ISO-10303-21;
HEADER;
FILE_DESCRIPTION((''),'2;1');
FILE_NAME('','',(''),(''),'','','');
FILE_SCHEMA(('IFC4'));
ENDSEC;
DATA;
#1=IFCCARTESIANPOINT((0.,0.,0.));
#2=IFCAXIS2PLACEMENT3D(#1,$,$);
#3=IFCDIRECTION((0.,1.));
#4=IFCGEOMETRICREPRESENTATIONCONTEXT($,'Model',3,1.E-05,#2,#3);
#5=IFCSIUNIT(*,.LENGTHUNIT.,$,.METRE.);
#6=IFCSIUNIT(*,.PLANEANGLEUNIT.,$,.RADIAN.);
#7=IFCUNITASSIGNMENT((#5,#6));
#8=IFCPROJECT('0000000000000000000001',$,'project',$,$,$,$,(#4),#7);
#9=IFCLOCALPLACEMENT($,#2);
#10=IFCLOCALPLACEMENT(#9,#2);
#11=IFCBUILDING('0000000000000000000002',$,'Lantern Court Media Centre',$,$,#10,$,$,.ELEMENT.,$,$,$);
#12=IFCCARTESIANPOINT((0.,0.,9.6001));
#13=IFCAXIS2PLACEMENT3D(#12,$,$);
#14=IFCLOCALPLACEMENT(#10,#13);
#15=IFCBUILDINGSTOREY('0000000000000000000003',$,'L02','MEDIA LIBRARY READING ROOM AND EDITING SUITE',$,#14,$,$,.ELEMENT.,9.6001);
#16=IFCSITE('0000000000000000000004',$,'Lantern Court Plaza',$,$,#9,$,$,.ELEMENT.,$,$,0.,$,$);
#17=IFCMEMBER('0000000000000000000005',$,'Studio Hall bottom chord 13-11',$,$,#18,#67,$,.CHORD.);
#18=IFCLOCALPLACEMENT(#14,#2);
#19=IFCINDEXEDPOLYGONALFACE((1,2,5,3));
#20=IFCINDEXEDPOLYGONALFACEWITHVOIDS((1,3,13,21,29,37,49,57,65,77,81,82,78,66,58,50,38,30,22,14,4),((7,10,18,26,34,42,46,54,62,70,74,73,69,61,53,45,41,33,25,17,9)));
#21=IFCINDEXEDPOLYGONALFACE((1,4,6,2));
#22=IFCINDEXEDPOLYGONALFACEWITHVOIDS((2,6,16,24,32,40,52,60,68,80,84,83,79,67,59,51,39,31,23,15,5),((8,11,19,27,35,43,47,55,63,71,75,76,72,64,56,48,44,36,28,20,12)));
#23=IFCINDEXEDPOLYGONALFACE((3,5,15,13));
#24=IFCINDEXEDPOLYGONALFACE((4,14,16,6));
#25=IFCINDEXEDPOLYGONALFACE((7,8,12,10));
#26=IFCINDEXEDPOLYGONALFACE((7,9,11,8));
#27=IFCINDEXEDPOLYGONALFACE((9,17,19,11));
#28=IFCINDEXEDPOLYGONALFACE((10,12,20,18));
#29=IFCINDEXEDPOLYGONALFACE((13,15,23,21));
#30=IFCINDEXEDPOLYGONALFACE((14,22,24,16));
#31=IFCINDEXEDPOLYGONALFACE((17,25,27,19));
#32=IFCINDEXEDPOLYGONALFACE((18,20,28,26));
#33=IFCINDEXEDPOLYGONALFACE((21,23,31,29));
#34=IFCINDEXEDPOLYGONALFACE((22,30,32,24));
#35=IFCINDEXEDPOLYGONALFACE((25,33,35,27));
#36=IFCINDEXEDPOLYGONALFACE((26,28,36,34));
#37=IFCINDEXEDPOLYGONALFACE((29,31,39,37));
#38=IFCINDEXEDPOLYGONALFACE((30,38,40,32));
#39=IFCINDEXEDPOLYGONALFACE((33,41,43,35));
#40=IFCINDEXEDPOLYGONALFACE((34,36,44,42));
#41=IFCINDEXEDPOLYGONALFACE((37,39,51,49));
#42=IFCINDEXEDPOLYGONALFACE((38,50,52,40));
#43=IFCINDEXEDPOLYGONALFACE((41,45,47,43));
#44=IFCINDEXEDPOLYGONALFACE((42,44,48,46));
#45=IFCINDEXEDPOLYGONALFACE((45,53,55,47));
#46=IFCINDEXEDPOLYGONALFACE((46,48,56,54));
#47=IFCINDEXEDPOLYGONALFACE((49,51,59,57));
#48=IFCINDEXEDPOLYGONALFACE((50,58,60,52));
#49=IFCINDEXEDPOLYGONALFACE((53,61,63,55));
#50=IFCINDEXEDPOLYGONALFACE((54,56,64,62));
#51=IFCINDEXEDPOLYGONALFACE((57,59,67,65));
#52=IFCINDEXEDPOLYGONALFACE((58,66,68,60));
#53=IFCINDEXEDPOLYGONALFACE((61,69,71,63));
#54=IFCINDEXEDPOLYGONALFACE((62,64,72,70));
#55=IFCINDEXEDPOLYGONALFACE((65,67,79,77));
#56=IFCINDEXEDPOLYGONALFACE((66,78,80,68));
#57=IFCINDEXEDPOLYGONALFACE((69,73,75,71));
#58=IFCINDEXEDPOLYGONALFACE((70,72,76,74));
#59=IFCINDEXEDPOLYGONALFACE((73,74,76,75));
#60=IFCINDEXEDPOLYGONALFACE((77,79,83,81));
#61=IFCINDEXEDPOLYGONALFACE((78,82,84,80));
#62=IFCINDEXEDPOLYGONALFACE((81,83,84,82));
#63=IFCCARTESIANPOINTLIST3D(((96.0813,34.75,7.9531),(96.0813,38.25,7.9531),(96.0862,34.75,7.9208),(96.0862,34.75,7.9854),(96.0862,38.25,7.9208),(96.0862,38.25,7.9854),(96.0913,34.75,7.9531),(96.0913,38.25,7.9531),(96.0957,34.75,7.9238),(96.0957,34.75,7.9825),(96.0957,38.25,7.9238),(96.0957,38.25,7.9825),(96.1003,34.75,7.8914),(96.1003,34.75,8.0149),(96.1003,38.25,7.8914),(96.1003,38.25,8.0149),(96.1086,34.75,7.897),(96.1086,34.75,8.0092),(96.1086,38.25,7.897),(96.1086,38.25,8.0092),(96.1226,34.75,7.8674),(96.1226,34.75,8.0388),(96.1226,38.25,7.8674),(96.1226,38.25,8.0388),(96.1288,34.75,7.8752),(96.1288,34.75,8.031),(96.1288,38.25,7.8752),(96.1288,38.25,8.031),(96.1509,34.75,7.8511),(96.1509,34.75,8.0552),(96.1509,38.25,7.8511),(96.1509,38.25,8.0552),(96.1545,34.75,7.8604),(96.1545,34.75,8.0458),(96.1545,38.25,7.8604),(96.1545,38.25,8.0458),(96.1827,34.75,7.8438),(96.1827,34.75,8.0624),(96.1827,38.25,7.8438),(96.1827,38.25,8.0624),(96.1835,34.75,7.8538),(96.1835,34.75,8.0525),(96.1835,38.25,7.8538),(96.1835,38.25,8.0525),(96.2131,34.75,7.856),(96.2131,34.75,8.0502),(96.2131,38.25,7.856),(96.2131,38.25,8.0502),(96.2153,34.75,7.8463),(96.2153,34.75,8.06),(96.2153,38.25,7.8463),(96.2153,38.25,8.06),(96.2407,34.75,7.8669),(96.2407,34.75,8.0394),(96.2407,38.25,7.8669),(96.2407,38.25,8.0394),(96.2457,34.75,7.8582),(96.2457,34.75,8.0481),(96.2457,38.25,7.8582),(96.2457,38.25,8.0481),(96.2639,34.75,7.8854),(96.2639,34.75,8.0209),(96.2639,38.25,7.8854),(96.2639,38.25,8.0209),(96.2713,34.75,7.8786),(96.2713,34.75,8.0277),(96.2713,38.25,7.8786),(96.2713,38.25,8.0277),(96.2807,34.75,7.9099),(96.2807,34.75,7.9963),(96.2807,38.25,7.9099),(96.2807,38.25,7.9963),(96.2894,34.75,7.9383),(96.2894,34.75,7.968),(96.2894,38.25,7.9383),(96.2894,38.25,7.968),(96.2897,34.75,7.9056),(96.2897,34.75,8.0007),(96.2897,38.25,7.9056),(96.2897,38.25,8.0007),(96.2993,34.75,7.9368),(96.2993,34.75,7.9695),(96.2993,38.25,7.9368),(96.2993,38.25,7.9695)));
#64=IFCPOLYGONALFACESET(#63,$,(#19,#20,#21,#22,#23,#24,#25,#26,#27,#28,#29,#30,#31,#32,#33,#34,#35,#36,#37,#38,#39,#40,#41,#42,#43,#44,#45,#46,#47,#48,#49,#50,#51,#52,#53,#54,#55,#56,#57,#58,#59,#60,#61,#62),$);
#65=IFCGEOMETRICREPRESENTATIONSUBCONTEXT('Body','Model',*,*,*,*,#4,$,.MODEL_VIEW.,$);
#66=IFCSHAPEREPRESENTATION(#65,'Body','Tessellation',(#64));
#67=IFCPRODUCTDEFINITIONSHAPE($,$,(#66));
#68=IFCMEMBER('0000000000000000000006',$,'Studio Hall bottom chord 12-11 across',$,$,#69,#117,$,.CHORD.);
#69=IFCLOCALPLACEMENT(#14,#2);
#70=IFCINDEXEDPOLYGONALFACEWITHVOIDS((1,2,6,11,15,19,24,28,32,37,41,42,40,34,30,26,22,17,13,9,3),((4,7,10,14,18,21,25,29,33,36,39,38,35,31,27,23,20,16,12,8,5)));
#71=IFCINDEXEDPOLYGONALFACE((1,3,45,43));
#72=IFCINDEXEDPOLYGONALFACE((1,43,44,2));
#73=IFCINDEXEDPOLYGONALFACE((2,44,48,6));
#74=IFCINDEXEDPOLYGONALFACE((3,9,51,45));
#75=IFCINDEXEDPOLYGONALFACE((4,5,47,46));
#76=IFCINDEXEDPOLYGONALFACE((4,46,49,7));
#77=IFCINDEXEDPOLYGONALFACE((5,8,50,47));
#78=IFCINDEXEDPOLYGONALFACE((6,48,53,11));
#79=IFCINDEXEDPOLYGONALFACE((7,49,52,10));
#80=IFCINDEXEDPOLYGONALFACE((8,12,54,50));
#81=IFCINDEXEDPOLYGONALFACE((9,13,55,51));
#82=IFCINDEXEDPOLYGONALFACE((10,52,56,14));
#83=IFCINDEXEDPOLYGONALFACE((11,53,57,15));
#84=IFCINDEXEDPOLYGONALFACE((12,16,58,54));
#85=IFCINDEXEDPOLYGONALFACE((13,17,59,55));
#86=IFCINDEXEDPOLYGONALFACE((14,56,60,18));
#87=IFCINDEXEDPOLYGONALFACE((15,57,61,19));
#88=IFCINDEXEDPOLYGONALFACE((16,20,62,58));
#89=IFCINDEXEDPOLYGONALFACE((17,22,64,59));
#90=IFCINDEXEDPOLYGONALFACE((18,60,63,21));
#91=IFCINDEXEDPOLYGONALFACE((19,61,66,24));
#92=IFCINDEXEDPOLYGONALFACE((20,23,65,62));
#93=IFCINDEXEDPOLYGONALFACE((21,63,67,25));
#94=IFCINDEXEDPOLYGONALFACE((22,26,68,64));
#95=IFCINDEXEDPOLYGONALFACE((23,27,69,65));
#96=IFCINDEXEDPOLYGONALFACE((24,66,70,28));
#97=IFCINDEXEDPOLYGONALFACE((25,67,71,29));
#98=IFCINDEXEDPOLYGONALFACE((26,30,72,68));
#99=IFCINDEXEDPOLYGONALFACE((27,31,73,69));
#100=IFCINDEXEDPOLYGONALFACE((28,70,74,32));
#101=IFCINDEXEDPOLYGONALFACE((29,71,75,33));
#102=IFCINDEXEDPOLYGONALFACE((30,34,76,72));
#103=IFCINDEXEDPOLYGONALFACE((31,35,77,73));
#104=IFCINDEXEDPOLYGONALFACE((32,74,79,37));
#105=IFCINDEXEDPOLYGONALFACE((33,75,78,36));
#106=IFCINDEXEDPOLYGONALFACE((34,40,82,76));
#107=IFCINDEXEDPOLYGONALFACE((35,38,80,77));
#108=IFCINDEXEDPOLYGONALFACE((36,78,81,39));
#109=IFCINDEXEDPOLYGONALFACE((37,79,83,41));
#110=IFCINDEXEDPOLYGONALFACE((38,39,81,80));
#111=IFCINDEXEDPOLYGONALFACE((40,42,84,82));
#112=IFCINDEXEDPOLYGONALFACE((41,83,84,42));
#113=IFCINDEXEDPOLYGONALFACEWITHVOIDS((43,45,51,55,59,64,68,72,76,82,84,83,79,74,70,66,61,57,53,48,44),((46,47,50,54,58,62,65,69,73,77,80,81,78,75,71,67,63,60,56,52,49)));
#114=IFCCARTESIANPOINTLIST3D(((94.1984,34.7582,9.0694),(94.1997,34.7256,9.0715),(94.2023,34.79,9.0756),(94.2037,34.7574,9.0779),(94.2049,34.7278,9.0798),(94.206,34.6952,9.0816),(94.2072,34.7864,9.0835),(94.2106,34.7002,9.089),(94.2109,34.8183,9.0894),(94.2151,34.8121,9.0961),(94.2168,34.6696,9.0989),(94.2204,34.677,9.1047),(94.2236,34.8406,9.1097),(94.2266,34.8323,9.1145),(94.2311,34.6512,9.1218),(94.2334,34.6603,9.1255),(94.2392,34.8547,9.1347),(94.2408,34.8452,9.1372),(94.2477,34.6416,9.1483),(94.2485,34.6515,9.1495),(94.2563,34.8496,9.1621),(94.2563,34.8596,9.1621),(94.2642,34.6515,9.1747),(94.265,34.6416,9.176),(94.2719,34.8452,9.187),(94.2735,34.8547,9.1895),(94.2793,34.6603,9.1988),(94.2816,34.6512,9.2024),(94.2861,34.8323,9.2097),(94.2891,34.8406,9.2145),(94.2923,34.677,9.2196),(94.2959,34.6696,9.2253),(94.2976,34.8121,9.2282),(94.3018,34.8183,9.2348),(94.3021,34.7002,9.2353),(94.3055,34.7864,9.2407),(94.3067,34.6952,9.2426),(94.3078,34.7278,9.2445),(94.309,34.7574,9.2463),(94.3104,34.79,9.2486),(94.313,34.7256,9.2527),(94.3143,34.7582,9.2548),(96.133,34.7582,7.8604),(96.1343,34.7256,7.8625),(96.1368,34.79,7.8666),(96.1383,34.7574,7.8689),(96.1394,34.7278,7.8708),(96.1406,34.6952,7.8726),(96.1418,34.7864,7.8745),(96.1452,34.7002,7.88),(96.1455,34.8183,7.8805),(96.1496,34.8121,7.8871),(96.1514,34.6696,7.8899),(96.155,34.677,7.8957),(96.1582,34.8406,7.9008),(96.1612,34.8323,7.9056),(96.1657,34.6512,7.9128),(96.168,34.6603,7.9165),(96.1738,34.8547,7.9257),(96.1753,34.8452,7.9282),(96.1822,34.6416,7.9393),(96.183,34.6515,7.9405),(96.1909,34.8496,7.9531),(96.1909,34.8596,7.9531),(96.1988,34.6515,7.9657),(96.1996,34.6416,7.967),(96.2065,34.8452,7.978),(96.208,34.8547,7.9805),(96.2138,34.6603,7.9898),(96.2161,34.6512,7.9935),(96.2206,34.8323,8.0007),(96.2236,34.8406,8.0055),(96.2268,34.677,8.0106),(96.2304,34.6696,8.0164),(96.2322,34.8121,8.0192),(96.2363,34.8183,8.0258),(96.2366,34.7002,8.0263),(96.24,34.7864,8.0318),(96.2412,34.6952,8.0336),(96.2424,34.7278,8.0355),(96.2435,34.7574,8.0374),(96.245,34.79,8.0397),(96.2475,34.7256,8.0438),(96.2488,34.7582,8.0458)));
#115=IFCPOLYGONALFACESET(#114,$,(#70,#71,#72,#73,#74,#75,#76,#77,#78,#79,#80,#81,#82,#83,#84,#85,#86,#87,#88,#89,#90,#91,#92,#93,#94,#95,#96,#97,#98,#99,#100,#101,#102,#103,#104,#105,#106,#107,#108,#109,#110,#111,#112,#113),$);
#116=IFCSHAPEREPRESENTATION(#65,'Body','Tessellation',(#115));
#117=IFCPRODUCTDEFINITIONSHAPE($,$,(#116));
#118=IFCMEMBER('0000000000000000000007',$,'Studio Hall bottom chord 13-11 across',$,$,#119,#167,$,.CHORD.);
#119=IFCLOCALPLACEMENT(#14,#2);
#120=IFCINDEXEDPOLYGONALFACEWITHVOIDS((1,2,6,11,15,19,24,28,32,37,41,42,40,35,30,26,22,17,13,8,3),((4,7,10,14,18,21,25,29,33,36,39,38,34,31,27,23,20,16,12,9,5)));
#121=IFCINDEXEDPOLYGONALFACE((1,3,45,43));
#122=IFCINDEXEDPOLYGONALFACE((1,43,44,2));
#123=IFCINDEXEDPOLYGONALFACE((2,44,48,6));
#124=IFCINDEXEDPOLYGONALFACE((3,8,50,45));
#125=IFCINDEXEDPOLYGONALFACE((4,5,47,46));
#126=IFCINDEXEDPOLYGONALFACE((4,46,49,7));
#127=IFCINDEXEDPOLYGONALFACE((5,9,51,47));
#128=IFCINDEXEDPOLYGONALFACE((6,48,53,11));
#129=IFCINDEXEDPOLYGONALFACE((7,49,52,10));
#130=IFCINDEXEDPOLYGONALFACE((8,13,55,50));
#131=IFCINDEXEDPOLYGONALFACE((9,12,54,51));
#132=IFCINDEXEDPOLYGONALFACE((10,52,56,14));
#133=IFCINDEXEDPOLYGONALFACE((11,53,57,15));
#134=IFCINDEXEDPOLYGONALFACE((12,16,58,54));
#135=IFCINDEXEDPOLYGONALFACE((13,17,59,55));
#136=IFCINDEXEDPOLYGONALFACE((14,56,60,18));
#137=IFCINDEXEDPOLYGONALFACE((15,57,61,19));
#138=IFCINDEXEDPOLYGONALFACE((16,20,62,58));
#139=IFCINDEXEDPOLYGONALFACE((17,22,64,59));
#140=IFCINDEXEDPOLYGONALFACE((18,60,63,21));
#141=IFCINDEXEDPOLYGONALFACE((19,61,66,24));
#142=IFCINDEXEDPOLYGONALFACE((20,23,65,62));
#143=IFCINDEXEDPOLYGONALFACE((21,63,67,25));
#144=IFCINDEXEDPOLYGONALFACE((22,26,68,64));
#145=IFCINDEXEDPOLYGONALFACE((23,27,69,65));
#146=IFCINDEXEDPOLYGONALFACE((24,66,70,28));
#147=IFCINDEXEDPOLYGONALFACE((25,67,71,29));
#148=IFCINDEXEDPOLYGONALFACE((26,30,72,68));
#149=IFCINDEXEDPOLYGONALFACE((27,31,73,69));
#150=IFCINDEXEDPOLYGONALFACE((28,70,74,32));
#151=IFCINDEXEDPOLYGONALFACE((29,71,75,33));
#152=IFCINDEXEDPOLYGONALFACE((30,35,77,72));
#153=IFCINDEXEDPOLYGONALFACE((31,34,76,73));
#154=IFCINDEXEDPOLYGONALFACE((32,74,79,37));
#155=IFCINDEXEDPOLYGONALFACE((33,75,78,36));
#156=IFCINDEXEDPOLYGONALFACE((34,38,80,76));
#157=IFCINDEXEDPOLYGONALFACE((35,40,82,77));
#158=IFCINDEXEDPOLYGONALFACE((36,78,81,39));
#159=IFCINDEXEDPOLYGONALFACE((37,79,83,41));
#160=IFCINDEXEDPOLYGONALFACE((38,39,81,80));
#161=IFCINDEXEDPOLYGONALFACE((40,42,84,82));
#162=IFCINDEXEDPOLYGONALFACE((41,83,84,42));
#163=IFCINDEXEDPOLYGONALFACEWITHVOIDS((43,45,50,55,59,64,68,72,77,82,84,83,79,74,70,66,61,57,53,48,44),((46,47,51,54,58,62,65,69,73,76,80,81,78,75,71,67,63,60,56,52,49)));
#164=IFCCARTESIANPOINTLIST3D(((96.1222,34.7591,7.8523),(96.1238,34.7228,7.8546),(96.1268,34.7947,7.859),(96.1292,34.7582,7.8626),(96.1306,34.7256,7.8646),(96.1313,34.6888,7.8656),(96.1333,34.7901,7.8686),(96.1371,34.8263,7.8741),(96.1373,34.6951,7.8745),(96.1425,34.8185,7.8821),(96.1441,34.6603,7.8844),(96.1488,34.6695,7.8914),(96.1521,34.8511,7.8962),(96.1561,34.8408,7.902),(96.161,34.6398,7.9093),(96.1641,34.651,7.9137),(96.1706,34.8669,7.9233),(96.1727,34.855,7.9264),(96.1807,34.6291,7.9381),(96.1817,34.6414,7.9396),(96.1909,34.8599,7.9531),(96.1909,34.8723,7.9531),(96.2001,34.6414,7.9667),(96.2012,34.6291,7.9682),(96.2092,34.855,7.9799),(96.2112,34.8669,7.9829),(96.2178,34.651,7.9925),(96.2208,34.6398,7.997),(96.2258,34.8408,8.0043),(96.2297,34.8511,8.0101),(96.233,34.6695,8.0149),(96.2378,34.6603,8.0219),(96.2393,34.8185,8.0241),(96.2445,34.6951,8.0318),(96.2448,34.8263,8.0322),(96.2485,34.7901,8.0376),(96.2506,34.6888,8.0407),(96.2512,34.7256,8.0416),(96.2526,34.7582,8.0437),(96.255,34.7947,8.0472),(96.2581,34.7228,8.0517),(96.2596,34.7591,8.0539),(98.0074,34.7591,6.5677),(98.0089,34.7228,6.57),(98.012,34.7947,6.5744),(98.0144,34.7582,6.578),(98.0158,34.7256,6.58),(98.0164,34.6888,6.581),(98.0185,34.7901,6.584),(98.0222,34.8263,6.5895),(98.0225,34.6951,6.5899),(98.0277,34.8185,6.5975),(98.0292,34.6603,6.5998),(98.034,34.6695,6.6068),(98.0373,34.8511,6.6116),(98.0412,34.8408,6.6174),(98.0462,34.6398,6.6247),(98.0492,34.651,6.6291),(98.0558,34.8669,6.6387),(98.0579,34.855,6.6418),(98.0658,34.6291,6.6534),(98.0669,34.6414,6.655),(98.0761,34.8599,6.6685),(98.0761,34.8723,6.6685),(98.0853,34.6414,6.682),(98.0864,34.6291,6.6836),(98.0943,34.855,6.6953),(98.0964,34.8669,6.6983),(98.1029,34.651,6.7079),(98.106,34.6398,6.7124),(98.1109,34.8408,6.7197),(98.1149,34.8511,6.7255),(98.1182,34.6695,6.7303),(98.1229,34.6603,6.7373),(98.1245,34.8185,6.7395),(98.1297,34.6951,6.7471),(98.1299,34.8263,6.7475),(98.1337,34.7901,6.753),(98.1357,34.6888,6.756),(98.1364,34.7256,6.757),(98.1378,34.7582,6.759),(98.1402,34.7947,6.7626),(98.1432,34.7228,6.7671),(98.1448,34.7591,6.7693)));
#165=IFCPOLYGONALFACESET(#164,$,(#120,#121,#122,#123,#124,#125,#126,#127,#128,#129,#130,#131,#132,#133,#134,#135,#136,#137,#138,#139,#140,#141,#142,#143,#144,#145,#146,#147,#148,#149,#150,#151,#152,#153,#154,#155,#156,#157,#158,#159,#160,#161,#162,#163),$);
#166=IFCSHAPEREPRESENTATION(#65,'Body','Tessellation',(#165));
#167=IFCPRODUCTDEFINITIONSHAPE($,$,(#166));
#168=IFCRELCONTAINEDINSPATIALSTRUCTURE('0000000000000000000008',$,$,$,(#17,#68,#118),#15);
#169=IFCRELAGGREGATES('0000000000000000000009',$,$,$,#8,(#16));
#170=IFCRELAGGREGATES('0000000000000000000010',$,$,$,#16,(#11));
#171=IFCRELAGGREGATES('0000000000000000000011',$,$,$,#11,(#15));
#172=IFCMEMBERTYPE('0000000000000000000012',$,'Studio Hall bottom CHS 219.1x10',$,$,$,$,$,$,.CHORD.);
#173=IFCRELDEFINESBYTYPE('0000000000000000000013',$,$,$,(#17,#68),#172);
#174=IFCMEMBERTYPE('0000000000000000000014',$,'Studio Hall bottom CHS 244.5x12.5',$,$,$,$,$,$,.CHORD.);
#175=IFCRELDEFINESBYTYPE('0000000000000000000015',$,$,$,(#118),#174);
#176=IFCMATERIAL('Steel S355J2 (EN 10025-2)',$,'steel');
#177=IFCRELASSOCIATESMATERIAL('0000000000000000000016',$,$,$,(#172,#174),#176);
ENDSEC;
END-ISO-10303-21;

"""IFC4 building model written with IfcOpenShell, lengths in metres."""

from ifc_helpers import new_model, si_unit, direction, frame, origin, origin_2d, place, context, subcontext, project, spatial, hollow_circle, extrude, material, material_profile, profile_set, type_object, element, save


model = new_model("IFC4")

# Units and contexts
model_context = context("Model", 3, precision=1e-05, world=origin(), true_north=direction((0.0, 1.0)))
body_context = subcontext(model_context, "Body", "Model", "MODEL_VIEW")
ifc_project = project(units=[si_unit("LENGTHUNIT", "METRE"), si_unit("PLANEANGLEUNIT", "RADIAN")], contexts=[model_context])

# Site, building, storey
site_placement = place(None, origin())
site = spatial("IfcSite", under=ifc_project, at=site_placement, Name="Lantern Court Plaza", CompositionType="ELEMENT", RefElevation=0.0)
building_placement = place(site_placement, origin())
building = spatial("IfcBuilding", under=site, at=building_placement, Name="Lantern Court Media Centre", CompositionType="ELEMENT")
storey_placement = place(building_placement, frame((0.0, 0.0, 9.6001)))
storey = spatial("IfcBuildingStorey", under=building, at=storey_placement, Name="L02", Description="MEDIA LIBRARY READING ROOM AND EDITING SUITE", CompositionType="ELEMENT", Elevation=9.6001)

# Members
ifc_material = material(Name="Steel S355J2 (EN 10025-2)", Category="steel")
ifc_material_profile_1 = material_profile(ifc_material, hollow_circle(Radius=0.1096, WallThickness=0.01, at=origin_2d()), Name="Studio Hall bottom CHS 219.1x10")
ifc_profile_set_1 = profile_set([ifc_material_profile_1], Name="Steel S355J2 (EN 10025-2)")
member_type_1 = type_object("IfcMemberType", Name="Studio Hall bottom CHS 219.1x10", PredefinedType="CHORD", material=ifc_profile_set_1)
member_1_placement = place(storey_placement, frame((96.1909, 34.75, 7.9531), z_axis=(0.0, 1.0, 0.0), x_axis=(-1.0, 0.0, 0.0)))
element("IfcMember", 1, at=member_1_placement, inside=storey, type_object=member_type_1, Name="Studio Hall bottom chord 13-11", PredefinedType="CHORD", context=body_context, shape_type="SweptSolid", body=[
    extrude(hollow_circle(Radius=0.1096, WallThickness=0.01, at=origin_2d()), origin(), (0.0, 0.0, 1.0), 3.5),
])
member_2_placement = place(storey_placement, frame((94.2563, 34.75, 9.1621), z_axis=(0.848022, 0.0, -0.52996), x_axis=(0.0, 1.0, 0.0)))
element("IfcMember", 2, at=member_2_placement, inside=storey, type_object=member_type_1, Name="Studio Hall bottom chord 12-11 across", PredefinedType="CHORD", context=body_context, shape_type="SweptSolid", body=[
    extrude(hollow_circle(Radius=0.1096, WallThickness=0.01, at=origin_2d()), origin(), (0.0, 0.0, 1.0), 2.2812),
])
ifc_material_profile_2 = material_profile(ifc_material, hollow_circle(Radius=0.1223, WallThickness=0.0125, at=origin_2d()), Name="Studio Hall bottom CHS 244.5x12.5")
ifc_profile_set_2 = profile_set([ifc_material_profile_2], Name="Steel S355J2 (EN 10025-2)")
member_type_2 = type_object("IfcMemberType", Name="Studio Hall bottom CHS 244.5x12.5", PredefinedType="CHORD", material=ifc_profile_set_2)
member_3_placement = place(storey_placement, frame((96.1909, 34.75, 7.9531), z_axis=(0.826377, 0.0, -0.563118), x_axis=(0.0, 1.0, 0.0)))
element("IfcMember", 3, at=member_3_placement, inside=storey, type_object=member_type_2, Name="Studio Hall bottom chord 13-11 across", PredefinedType="CHORD", context=body_context, shape_type="SweptSolid", body=[
    extrude(hollow_circle(Radius=0.1223, WallThickness=0.0125, at=origin_2d()), origin(), (0.0, 0.0, 1.0), 2.2812),
])

save(model, "model.ifc")
